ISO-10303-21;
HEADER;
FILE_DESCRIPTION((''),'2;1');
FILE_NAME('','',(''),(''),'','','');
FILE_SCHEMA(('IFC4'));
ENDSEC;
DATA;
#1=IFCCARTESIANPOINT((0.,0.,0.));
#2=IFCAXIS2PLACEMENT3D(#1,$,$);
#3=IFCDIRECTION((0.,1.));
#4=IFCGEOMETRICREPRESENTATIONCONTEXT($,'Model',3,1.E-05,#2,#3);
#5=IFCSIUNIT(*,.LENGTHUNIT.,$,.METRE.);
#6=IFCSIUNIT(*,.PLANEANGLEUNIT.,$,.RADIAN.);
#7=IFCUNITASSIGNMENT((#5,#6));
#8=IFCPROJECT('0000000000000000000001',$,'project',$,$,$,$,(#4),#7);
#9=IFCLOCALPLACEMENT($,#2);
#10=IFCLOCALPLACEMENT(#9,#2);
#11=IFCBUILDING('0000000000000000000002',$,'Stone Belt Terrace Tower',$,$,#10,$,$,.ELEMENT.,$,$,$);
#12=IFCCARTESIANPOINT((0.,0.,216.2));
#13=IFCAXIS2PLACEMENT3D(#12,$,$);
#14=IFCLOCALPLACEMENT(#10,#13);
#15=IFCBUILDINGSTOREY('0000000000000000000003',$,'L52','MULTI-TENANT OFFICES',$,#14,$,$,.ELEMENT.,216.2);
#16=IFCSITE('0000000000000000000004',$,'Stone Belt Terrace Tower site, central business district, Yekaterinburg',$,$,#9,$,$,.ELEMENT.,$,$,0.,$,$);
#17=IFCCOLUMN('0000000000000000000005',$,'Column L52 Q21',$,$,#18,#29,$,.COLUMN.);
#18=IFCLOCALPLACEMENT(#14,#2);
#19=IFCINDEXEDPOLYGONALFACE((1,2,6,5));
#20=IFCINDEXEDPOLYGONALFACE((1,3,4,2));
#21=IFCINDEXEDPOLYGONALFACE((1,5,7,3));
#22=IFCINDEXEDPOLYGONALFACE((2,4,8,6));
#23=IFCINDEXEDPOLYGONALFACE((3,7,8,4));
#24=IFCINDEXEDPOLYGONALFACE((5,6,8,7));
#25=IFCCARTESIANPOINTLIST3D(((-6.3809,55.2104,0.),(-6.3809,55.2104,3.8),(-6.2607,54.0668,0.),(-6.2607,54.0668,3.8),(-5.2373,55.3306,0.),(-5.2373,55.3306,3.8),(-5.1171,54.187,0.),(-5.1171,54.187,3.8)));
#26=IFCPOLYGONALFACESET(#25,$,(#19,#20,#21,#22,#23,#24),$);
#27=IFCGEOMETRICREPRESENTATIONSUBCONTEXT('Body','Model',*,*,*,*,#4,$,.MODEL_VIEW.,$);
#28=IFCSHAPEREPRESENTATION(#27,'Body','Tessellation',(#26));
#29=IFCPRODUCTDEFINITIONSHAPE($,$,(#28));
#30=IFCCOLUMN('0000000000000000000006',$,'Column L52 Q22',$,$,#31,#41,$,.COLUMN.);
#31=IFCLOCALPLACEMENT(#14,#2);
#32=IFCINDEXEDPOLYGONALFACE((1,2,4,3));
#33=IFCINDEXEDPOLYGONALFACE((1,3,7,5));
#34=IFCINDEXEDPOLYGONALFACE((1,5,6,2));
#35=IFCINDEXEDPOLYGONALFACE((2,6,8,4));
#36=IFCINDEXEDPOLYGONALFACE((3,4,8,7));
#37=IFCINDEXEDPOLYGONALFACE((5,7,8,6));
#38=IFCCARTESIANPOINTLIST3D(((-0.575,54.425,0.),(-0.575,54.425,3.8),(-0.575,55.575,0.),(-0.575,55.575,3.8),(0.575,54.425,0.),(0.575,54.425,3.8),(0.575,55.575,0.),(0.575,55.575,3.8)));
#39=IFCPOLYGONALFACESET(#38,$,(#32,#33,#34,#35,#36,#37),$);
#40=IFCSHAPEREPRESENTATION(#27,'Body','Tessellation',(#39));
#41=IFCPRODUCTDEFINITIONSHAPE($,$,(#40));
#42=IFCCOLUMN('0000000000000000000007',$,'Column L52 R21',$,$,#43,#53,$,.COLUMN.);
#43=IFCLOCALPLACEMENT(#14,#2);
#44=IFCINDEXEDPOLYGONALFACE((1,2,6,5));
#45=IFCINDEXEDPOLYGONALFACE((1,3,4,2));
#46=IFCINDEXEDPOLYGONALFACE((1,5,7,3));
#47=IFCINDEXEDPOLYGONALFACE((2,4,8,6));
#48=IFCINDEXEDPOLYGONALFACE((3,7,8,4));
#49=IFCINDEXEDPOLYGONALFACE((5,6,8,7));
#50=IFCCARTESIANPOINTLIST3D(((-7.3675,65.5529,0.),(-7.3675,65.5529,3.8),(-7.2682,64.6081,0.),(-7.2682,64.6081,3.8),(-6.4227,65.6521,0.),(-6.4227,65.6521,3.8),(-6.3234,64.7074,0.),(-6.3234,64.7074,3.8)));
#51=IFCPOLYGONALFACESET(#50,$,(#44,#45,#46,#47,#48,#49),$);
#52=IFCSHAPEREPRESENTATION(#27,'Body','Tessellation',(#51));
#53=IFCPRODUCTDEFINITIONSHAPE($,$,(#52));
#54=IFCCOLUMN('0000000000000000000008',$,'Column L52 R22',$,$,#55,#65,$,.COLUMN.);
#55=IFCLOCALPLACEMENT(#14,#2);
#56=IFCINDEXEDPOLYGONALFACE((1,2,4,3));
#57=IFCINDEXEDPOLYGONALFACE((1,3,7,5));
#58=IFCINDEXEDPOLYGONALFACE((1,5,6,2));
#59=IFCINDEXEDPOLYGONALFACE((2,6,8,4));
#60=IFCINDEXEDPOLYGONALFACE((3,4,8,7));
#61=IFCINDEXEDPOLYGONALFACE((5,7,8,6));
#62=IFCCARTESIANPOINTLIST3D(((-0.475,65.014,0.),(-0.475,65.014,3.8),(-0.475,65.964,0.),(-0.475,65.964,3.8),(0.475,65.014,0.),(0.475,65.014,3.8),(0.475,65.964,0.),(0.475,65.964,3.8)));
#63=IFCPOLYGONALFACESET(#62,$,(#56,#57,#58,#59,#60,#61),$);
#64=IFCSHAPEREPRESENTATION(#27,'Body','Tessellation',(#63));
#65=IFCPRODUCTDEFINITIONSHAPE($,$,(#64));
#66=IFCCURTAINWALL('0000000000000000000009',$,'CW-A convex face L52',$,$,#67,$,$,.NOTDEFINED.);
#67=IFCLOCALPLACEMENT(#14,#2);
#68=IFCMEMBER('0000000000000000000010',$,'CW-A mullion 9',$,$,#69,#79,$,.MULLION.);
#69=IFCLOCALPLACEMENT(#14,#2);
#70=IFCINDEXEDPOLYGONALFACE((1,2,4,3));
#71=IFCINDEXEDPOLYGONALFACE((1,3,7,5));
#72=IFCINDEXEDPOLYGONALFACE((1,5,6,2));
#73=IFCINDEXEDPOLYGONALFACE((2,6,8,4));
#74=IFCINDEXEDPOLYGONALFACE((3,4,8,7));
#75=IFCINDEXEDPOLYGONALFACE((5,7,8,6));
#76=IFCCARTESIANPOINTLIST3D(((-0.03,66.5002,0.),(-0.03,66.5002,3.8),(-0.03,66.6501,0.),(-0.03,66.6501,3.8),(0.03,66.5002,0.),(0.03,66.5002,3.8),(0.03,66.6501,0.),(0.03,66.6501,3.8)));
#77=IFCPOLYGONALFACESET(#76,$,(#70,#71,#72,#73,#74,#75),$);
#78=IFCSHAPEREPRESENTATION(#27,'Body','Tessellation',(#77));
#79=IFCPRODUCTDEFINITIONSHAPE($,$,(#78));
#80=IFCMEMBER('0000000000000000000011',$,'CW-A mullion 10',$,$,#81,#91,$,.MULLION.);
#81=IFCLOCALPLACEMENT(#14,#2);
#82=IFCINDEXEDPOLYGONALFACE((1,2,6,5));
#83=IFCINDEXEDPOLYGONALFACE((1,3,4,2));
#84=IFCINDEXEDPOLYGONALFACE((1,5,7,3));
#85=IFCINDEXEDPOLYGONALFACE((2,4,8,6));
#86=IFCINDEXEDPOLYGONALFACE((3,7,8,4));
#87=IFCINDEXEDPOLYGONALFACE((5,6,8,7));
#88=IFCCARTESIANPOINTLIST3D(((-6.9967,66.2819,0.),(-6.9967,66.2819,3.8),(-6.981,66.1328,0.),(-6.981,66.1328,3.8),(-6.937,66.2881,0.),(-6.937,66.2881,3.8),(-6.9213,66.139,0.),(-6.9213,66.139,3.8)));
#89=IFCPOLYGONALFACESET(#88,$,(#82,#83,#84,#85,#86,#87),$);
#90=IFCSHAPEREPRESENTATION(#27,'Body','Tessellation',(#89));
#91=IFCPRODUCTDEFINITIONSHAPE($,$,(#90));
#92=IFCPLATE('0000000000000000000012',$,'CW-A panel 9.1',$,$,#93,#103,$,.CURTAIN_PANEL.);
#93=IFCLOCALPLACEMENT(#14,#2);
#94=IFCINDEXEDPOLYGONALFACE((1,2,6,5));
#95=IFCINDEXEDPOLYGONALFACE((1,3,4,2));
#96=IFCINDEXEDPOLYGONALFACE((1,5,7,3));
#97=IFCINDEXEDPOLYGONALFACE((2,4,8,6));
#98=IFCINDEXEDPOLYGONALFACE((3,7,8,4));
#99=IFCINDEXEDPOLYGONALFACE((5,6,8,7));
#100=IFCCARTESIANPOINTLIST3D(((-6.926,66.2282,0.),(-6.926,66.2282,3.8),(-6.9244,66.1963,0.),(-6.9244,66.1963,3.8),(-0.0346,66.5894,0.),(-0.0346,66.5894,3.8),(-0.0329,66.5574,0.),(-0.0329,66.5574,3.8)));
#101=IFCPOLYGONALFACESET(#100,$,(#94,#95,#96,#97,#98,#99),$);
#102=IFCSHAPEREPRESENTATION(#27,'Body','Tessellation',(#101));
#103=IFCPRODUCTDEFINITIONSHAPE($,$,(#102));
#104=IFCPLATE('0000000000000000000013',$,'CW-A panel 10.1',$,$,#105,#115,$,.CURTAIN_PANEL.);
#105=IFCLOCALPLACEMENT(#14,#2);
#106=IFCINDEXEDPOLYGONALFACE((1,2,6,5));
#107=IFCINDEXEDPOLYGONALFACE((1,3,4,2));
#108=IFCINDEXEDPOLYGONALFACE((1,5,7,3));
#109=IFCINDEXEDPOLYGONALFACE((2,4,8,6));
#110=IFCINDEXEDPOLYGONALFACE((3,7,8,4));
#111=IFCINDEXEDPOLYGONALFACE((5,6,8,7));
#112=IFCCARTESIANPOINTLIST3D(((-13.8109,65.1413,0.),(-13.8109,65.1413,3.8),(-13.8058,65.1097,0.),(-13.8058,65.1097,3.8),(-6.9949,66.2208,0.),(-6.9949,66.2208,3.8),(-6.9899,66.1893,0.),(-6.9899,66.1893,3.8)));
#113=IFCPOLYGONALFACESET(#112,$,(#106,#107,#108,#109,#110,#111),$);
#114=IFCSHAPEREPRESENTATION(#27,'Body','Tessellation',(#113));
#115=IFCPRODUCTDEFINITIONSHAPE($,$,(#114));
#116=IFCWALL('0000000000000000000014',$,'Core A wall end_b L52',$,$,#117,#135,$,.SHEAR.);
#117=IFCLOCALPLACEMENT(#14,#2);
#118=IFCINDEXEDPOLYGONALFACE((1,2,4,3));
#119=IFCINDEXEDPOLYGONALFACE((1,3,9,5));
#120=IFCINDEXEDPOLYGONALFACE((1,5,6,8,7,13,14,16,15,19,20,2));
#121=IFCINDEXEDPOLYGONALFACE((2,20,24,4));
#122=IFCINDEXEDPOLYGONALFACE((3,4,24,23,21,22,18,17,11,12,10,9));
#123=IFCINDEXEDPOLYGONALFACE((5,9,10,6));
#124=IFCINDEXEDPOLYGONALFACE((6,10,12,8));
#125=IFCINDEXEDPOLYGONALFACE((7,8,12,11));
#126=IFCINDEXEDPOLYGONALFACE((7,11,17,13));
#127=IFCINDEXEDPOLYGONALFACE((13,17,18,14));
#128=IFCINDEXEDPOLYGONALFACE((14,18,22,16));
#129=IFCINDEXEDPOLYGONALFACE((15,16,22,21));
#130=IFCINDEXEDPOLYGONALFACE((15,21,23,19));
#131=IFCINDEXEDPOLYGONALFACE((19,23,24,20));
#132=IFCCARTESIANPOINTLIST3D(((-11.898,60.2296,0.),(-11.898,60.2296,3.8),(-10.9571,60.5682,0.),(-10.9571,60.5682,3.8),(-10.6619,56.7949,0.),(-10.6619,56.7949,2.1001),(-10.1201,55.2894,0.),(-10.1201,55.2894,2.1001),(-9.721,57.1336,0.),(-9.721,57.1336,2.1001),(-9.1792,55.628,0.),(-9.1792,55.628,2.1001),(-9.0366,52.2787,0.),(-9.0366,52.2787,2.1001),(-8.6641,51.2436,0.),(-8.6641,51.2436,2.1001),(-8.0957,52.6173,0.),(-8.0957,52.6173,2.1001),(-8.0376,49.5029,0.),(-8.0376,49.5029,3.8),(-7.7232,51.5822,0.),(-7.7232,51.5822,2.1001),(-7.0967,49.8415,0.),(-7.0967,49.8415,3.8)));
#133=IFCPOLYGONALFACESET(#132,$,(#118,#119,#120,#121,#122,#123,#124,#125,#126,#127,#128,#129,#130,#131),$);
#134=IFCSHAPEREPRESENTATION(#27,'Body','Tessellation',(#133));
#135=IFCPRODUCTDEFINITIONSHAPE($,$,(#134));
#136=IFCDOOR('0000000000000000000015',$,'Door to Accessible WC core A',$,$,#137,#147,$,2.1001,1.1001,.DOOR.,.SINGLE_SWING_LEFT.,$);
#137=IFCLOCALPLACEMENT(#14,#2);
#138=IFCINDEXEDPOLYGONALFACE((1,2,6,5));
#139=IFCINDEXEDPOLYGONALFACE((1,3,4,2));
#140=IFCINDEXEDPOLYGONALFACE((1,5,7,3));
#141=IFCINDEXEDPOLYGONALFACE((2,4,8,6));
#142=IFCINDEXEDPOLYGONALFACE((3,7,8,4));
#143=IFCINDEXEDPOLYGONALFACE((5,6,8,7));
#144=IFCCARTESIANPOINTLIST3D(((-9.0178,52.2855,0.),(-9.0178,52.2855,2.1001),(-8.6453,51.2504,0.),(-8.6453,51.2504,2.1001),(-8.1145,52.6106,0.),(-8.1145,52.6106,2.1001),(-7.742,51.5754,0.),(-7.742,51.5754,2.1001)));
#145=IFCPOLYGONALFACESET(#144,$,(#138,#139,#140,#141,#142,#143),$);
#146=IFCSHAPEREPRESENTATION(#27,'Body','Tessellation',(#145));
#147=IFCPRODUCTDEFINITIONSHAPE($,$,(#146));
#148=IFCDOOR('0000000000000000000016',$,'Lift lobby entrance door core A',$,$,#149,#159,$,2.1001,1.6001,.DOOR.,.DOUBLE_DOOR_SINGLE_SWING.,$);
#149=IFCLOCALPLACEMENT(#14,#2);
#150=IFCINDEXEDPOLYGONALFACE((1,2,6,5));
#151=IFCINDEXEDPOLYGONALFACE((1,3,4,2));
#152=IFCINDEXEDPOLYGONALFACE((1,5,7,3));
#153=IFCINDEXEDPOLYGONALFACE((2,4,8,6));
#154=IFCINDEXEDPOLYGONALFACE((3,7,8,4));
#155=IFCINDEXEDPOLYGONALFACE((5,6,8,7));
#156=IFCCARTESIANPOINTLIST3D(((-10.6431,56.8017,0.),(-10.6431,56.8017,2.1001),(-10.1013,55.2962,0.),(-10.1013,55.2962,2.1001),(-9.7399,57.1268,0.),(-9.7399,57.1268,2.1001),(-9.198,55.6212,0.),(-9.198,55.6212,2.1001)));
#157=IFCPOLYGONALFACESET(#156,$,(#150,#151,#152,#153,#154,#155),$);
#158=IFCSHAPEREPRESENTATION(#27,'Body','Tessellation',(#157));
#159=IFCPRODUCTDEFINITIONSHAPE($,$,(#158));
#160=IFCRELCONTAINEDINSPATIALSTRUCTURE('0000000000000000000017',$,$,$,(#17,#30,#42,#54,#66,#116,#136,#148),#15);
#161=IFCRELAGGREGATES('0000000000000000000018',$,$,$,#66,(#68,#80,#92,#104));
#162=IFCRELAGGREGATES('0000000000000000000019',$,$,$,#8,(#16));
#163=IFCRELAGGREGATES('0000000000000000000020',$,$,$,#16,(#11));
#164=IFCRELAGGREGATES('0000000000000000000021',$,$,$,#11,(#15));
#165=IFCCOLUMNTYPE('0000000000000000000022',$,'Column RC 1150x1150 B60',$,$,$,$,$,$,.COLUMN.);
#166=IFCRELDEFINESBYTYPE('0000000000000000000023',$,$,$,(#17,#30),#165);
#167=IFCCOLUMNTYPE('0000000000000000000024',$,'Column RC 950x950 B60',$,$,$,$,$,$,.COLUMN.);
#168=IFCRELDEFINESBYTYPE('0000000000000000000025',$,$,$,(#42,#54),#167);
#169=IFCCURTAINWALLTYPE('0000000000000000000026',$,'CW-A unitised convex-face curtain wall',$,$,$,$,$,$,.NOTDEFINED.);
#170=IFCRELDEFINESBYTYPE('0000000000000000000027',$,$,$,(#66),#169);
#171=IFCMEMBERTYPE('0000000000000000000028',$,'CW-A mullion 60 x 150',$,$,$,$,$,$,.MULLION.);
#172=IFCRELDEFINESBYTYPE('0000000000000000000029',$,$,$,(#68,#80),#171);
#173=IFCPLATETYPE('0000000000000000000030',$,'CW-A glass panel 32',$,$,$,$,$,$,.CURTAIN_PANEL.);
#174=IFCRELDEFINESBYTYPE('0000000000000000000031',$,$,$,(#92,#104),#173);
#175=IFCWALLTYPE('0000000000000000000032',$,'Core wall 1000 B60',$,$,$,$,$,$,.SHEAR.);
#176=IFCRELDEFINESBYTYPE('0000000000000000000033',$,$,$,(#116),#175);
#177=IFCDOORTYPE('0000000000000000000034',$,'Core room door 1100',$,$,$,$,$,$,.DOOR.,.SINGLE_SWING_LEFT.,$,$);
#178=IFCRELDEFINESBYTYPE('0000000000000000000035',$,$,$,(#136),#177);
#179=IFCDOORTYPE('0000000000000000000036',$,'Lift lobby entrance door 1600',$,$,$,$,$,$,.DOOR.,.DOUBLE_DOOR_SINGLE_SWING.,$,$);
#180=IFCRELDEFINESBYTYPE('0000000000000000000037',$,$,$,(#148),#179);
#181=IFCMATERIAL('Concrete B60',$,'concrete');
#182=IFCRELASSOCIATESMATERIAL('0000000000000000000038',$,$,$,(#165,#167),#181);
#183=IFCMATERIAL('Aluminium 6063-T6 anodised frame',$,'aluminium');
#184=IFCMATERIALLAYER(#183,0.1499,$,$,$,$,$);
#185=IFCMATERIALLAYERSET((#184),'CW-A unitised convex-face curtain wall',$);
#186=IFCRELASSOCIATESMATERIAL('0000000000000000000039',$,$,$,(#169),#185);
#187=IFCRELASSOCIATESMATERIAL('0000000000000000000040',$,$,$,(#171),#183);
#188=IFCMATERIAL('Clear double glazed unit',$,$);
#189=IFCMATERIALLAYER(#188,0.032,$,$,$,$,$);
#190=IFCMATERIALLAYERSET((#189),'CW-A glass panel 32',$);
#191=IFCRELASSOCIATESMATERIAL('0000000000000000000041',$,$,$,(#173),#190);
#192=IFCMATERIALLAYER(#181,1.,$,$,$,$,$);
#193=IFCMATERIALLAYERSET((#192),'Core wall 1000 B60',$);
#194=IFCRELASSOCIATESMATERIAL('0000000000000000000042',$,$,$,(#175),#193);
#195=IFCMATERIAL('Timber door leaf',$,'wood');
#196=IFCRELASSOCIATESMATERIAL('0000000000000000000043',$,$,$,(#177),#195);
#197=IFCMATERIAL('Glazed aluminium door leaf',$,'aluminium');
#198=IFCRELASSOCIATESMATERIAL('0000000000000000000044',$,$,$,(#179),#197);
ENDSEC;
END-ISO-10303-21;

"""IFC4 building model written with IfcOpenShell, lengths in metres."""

from ifc_helpers import new_model, si_unit, direction, frame, frame_2d, origin, origin_2d, place, context, subcontext, project, spatial, rectangle, extrude, material, layer, layer_set, material_profile, profile_set, type_object, element, fill, aggregate, save


model = new_model("IFC4")

# Units and contexts
model_context = context("Model", 3, precision=1e-05, world=origin(), true_north=direction((0.0, 1.0)))
body_context = subcontext(model_context, "Body", "Model", "MODEL_VIEW")
ifc_project = project(units=[si_unit("LENGTHUNIT", "METRE"), si_unit("PLANEANGLEUNIT", "RADIAN")], contexts=[model_context])

# Site, building, storey
site_placement = place(None, origin())
site = spatial("IfcSite", under=ifc_project, at=site_placement, Name="Stone Belt Terrace Tower site, central business district, Yekaterinburg", CompositionType="ELEMENT", RefElevation=0.0)
building_placement = place(site_placement, origin())
building = spatial("IfcBuilding", under=site, at=building_placement, Name="Stone Belt Terrace Tower", CompositionType="ELEMENT")
storey_placement = place(building_placement, frame((0.0, 0.0, 216.2)))
storey = spatial("IfcBuildingStorey", under=building, at=storey_placement, Name="L52", Description="MULTI-TENANT OFFICES", CompositionType="ELEMENT", Elevation=216.2)

# Columns
ifc_material_1 = material(Name="Concrete B60", Category="concrete")
ifc_material_profile_1 = material_profile(ifc_material_1, rectangle(XDim=1.1499, YDim=1.1499, at=origin_2d()), Name="RC 1150x1150")
ifc_profile_set_1 = profile_set([ifc_material_profile_1], Name="Concrete B60")
column_type_1 = type_object("IfcColumnType", Name="Column RC 1150x1150 B60", PredefinedType="COLUMN", material=ifc_profile_set_1)
for number, where, z_axis, x_axis, name in (
    (1, (-5.749, 54.6987, 0.0), (0.0, 0.0, 1.0), (0.994522, 0.104528, 0.0), "Column L52 Q21"),
    (2, (0.0, 55.0, 0.0), (0.0, 0.0, 1.0), (1.0, 0.0, 0.0), "Column L52 Q22"),
):
    element("IfcColumn", number, at=place(storey_placement, frame(where, z_axis=z_axis, x_axis=x_axis)), inside=storey, type_object=column_type_1, Name=name, PredefinedType="COLUMN", context=body_context, shape_type="SweptSolid", body=[
        extrude(rectangle(XDim=1.1499, YDim=1.1499, at=origin_2d()), origin(), (0.0, 0.0, 1.0), 3.8),
    ])
ifc_material_profile_2 = material_profile(ifc_material_1, rectangle(XDim=0.95, YDim=0.95, at=origin_2d()), Name="RC 950x950")
ifc_profile_set_2 = profile_set([ifc_material_profile_2], Name="Concrete B60")
column_type_2 = type_object("IfcColumnType", Name="Column RC 950x950 B60", PredefinedType="COLUMN", material=ifc_profile_set_2)
for number, where, z_axis, x_axis, name in (
    (3, (-6.8455, 65.1301, 0.0), (0.0, 0.0, 1.0), (0.994522, 0.104528, 0.0), "Column L52 R21"),
    (4, (0.0, 65.489, 0.0), (0.0, 0.0, 1.0), (1.0, 0.0, 0.0), "Column L52 R22"),
):
    element("IfcColumn", number, at=place(storey_placement, frame(where, z_axis=z_axis, x_axis=x_axis)), inside=storey, type_object=column_type_2, Name=name, PredefinedType="COLUMN", context=body_context, shape_type="SweptSolid", body=[
        extrude(rectangle(XDim=0.95, YDim=0.95, at=origin_2d()), origin(), (0.0, 0.0, 1.0), 3.8),
    ])

# Curtain wall, members, plates
ifc_material_2 = material(Name="Aluminium 6063-T6 anodised frame", Category="aluminium")
ifc_layer_1 = layer(ifc_material_2, 0.1499)
ifc_layer_set_1 = layer_set([ifc_layer_1], Name="CW-A unitised convex-face curtain wall")
curtain_wall_type = type_object("IfcCurtainWallType", Name="CW-A unitised convex-face curtain wall", PredefinedType="NOTDEFINED", material=ifc_layer_set_1)
curtain_wall_placement = place(storey_placement, origin())
curtain_wall = element("IfcCurtainWall", 5, at=curtain_wall_placement, inside=storey, type_object=curtain_wall_type, Name="CW-A convex face L52", PredefinedType="NOTDEFINED")
ifc_material_profile_3 = material_profile(ifc_material_2, rectangle(XDim=0.1499, YDim=0.0601, at=origin_2d()), Name="Aluminium 6063-T6 60x150")
ifc_profile_set_3 = profile_set([ifc_material_profile_3], Name="Aluminium 6063-T6 anodised frame")
member_type = type_object("IfcMemberType", Name="CW-A mullion 60 x 150", PredefinedType="MULLION", material=ifc_profile_set_3)
member_1_placement = place(storey_placement, frame((0.0, 66.5752, 0.0), z_axis=(0.0, 0.0, 1.0), x_axis=(0.0, -1.0, 0.0)))
member_1 = element("IfcMember", 6, at=member_1_placement, type_object=member_type, Name="CW-A mullion 9", PredefinedType="MULLION", context=body_context, shape_type="SweptSolid", body=[
    extrude(rectangle(XDim=0.1499, YDim=0.0601, at=origin_2d()), origin(), (0.0, 0.0, 1.0), 3.8),
])
member_2_placement = place(storey_placement, frame((-6.959, 66.2104, 0.0), z_axis=(0.0, 0.0, 1.0), x_axis=(0.104528, -0.994522, 0.0)))
member_2 = element("IfcMember", 7, at=member_2_placement, type_object=member_type, Name="CW-A mullion 10", PredefinedType="MULLION", context=body_context, shape_type="SweptSolid", body=[
    extrude(rectangle(XDim=0.1499, YDim=0.0601, at=origin_2d()), origin(), (0.0, 0.0, 1.0), 3.8),
])
ifc_material_3 = material(Name="Clear double glazed unit")
ifc_layer_2 = layer(ifc_material_3, 0.032)
ifc_layer_set_2 = layer_set([ifc_layer_2], Name="CW-A glass panel 32")
plate_type = type_object("IfcPlateType", Name="CW-A glass panel 32", PredefinedType="CURTAIN_PANEL", material=ifc_layer_set_2)
plate_1_placement = place(storey_placement, frame((-3.4795, 66.3928, 0.0), z_axis=(0.0, 0.0, 1.0), x_axis=(-0.99863, -0.052336, 0.0)))
plate_1 = element("IfcPlate", 8, at=plate_1_placement, type_object=plate_type, Name="CW-A panel 9.1", PredefinedType="CURTAIN_PANEL", context=body_context, shape_type="SweptSolid", body=[
    extrude(rectangle(XDim=6.9009, YDim=0.032, at=origin_2d()), origin(), (0.0, 0.0, 1.0), 3.8),
])
plate_2_placement = place(storey_placement, frame((-10.4004, 65.6653, 0.0), z_axis=(0.0, 0.0, 1.0), x_axis=(-0.987688, -0.156434, 0.0)))
plate_2 = element("IfcPlate", 9, at=plate_2_placement, type_object=plate_type, Name="CW-A panel 10.1", PredefinedType="CURTAIN_PANEL", context=body_context, shape_type="SweptSolid", body=[
    extrude(rectangle(XDim=6.9009, YDim=0.032, at=origin_2d()), origin(), (0.0, 0.0, 1.0), 3.8),
])
aggregate(curtain_wall, [member_1, member_2, plate_1, plate_2])

# Wall, openings, doors
ifc_layer_3 = layer(ifc_material_1, 1.0)
ifc_layer_set_3 = layer_set([ifc_layer_3], Name="Core wall 1000 B60")
wall_type_1 = type_object("IfcWallType", Name="Core wall 1000 B60", PredefinedType="SHEAR", material=ifc_layer_set_3)
wall_1_placement = place(storey_placement, frame((-7.5671, 49.6721, 0.0), z_axis=(0.0, 0.0, 1.0), x_axis=(-0.338625, 0.940921, 0.0)))
wall_1 = element("IfcWall", 10, at=wall_1_placement, inside=storey, type_object=wall_type_1, Name="Core A wall end_b L52", PredefinedType="SHEAR", context=body_context, shape_type="SweptSolid", body=[
    extrude(rectangle(XDim=11.4001, YDim=1.0, at=frame_2d((5.7002, 0.0))), origin(), (0.0, 0.0, 1.0), 3.8),
])
opening_1_placement = place(wall_1_placement, frame((6.1499, 0.0, 0.0)))
opening_1 = element("IfcOpeningElement", 11, at=opening_1_placement, cuts=wall_1, PredefinedType="OPENING", context=body_context, shape_type="SweptSolid", body=[
    extrude(rectangle(XDim=1.6001, YDim=2.1001, at=frame_2d((0.8, 1.05))), frame((0.0, 0.51, 0.0), z_axis=(0.0, -1.0, 0.0), x_axis=(1.0, 0.0, 0.0)), (0.0, 0.0, 1.0), 1.02),
])
opening_2_placement = place(wall_1_placement, frame((1.8501, 0.0, 0.0)))
opening_2 = element("IfcOpeningElement", 12, at=opening_2_placement, cuts=wall_1, PredefinedType="OPENING", context=body_context, shape_type="SweptSolid", body=[
    extrude(rectangle(XDim=1.1001, YDim=2.1001, at=frame_2d((0.55, 1.05))), frame((0.0, 0.51, 0.0), z_axis=(0.0, -1.0, 0.0), x_axis=(1.0, 0.0, 0.0)), (0.0, 0.0, 1.0), 1.02),
])
ifc_material_4 = material(Name="Timber door leaf", Category="wood")
door_type_1 = type_object("IfcDoorType", Name="Core room door 1100", OperationType="SINGLE_SWING_LEFT", PredefinedType="DOOR", material=ifc_material_4)
door_1_placement = place(opening_2_placement, origin())
door_1 = element("IfcDoor", 13, at=door_1_placement, inside=storey, type_object=door_type_1, Name="Door to Accessible WC core A", OperationType="SINGLE_SWING_LEFT", OverallHeight=2.1001, OverallWidth=1.1001, PredefinedType="DOOR", context=body_context, shape_type="SweptSolid", body=[
    extrude(rectangle(XDim=1.1001, YDim=2.1001, at=frame_2d((0.55, 1.05))), frame((0.0, 0.48, 0.0), z_axis=(0.0, -1.0, 0.0), x_axis=(1.0, 0.0, 0.0)), (0.0, 0.0, 1.0), 0.96),
])
fill(opening_2, door_1)
ifc_material_5 = material(Name="Glazed aluminium door leaf", Category="aluminium")
door_type_2 = type_object("IfcDoorType", Name="Lift lobby entrance door 1600", OperationType="DOUBLE_DOOR_SINGLE_SWING", PredefinedType="DOOR", material=ifc_material_5)
door_2_placement = place(opening_1_placement, origin())
door_2 = element("IfcDoor", 14, at=door_2_placement, inside=storey, type_object=door_type_2, Name="Lift lobby entrance door core A", OperationType="DOUBLE_DOOR_SINGLE_SWING", OverallHeight=2.1001, OverallWidth=1.6001, PredefinedType="DOOR", context=body_context, shape_type="SweptSolid", body=[
    extrude(rectangle(XDim=1.6001, YDim=2.1001, at=frame_2d((0.8, 1.05))), frame((0.0, 0.48, 0.0), z_axis=(0.0, -1.0, 0.0), x_axis=(1.0, 0.0, 0.0)), (0.0, 0.0, 1.0), 0.96),
])
fill(opening_1, door_2)

save(model, "model.ifc")
